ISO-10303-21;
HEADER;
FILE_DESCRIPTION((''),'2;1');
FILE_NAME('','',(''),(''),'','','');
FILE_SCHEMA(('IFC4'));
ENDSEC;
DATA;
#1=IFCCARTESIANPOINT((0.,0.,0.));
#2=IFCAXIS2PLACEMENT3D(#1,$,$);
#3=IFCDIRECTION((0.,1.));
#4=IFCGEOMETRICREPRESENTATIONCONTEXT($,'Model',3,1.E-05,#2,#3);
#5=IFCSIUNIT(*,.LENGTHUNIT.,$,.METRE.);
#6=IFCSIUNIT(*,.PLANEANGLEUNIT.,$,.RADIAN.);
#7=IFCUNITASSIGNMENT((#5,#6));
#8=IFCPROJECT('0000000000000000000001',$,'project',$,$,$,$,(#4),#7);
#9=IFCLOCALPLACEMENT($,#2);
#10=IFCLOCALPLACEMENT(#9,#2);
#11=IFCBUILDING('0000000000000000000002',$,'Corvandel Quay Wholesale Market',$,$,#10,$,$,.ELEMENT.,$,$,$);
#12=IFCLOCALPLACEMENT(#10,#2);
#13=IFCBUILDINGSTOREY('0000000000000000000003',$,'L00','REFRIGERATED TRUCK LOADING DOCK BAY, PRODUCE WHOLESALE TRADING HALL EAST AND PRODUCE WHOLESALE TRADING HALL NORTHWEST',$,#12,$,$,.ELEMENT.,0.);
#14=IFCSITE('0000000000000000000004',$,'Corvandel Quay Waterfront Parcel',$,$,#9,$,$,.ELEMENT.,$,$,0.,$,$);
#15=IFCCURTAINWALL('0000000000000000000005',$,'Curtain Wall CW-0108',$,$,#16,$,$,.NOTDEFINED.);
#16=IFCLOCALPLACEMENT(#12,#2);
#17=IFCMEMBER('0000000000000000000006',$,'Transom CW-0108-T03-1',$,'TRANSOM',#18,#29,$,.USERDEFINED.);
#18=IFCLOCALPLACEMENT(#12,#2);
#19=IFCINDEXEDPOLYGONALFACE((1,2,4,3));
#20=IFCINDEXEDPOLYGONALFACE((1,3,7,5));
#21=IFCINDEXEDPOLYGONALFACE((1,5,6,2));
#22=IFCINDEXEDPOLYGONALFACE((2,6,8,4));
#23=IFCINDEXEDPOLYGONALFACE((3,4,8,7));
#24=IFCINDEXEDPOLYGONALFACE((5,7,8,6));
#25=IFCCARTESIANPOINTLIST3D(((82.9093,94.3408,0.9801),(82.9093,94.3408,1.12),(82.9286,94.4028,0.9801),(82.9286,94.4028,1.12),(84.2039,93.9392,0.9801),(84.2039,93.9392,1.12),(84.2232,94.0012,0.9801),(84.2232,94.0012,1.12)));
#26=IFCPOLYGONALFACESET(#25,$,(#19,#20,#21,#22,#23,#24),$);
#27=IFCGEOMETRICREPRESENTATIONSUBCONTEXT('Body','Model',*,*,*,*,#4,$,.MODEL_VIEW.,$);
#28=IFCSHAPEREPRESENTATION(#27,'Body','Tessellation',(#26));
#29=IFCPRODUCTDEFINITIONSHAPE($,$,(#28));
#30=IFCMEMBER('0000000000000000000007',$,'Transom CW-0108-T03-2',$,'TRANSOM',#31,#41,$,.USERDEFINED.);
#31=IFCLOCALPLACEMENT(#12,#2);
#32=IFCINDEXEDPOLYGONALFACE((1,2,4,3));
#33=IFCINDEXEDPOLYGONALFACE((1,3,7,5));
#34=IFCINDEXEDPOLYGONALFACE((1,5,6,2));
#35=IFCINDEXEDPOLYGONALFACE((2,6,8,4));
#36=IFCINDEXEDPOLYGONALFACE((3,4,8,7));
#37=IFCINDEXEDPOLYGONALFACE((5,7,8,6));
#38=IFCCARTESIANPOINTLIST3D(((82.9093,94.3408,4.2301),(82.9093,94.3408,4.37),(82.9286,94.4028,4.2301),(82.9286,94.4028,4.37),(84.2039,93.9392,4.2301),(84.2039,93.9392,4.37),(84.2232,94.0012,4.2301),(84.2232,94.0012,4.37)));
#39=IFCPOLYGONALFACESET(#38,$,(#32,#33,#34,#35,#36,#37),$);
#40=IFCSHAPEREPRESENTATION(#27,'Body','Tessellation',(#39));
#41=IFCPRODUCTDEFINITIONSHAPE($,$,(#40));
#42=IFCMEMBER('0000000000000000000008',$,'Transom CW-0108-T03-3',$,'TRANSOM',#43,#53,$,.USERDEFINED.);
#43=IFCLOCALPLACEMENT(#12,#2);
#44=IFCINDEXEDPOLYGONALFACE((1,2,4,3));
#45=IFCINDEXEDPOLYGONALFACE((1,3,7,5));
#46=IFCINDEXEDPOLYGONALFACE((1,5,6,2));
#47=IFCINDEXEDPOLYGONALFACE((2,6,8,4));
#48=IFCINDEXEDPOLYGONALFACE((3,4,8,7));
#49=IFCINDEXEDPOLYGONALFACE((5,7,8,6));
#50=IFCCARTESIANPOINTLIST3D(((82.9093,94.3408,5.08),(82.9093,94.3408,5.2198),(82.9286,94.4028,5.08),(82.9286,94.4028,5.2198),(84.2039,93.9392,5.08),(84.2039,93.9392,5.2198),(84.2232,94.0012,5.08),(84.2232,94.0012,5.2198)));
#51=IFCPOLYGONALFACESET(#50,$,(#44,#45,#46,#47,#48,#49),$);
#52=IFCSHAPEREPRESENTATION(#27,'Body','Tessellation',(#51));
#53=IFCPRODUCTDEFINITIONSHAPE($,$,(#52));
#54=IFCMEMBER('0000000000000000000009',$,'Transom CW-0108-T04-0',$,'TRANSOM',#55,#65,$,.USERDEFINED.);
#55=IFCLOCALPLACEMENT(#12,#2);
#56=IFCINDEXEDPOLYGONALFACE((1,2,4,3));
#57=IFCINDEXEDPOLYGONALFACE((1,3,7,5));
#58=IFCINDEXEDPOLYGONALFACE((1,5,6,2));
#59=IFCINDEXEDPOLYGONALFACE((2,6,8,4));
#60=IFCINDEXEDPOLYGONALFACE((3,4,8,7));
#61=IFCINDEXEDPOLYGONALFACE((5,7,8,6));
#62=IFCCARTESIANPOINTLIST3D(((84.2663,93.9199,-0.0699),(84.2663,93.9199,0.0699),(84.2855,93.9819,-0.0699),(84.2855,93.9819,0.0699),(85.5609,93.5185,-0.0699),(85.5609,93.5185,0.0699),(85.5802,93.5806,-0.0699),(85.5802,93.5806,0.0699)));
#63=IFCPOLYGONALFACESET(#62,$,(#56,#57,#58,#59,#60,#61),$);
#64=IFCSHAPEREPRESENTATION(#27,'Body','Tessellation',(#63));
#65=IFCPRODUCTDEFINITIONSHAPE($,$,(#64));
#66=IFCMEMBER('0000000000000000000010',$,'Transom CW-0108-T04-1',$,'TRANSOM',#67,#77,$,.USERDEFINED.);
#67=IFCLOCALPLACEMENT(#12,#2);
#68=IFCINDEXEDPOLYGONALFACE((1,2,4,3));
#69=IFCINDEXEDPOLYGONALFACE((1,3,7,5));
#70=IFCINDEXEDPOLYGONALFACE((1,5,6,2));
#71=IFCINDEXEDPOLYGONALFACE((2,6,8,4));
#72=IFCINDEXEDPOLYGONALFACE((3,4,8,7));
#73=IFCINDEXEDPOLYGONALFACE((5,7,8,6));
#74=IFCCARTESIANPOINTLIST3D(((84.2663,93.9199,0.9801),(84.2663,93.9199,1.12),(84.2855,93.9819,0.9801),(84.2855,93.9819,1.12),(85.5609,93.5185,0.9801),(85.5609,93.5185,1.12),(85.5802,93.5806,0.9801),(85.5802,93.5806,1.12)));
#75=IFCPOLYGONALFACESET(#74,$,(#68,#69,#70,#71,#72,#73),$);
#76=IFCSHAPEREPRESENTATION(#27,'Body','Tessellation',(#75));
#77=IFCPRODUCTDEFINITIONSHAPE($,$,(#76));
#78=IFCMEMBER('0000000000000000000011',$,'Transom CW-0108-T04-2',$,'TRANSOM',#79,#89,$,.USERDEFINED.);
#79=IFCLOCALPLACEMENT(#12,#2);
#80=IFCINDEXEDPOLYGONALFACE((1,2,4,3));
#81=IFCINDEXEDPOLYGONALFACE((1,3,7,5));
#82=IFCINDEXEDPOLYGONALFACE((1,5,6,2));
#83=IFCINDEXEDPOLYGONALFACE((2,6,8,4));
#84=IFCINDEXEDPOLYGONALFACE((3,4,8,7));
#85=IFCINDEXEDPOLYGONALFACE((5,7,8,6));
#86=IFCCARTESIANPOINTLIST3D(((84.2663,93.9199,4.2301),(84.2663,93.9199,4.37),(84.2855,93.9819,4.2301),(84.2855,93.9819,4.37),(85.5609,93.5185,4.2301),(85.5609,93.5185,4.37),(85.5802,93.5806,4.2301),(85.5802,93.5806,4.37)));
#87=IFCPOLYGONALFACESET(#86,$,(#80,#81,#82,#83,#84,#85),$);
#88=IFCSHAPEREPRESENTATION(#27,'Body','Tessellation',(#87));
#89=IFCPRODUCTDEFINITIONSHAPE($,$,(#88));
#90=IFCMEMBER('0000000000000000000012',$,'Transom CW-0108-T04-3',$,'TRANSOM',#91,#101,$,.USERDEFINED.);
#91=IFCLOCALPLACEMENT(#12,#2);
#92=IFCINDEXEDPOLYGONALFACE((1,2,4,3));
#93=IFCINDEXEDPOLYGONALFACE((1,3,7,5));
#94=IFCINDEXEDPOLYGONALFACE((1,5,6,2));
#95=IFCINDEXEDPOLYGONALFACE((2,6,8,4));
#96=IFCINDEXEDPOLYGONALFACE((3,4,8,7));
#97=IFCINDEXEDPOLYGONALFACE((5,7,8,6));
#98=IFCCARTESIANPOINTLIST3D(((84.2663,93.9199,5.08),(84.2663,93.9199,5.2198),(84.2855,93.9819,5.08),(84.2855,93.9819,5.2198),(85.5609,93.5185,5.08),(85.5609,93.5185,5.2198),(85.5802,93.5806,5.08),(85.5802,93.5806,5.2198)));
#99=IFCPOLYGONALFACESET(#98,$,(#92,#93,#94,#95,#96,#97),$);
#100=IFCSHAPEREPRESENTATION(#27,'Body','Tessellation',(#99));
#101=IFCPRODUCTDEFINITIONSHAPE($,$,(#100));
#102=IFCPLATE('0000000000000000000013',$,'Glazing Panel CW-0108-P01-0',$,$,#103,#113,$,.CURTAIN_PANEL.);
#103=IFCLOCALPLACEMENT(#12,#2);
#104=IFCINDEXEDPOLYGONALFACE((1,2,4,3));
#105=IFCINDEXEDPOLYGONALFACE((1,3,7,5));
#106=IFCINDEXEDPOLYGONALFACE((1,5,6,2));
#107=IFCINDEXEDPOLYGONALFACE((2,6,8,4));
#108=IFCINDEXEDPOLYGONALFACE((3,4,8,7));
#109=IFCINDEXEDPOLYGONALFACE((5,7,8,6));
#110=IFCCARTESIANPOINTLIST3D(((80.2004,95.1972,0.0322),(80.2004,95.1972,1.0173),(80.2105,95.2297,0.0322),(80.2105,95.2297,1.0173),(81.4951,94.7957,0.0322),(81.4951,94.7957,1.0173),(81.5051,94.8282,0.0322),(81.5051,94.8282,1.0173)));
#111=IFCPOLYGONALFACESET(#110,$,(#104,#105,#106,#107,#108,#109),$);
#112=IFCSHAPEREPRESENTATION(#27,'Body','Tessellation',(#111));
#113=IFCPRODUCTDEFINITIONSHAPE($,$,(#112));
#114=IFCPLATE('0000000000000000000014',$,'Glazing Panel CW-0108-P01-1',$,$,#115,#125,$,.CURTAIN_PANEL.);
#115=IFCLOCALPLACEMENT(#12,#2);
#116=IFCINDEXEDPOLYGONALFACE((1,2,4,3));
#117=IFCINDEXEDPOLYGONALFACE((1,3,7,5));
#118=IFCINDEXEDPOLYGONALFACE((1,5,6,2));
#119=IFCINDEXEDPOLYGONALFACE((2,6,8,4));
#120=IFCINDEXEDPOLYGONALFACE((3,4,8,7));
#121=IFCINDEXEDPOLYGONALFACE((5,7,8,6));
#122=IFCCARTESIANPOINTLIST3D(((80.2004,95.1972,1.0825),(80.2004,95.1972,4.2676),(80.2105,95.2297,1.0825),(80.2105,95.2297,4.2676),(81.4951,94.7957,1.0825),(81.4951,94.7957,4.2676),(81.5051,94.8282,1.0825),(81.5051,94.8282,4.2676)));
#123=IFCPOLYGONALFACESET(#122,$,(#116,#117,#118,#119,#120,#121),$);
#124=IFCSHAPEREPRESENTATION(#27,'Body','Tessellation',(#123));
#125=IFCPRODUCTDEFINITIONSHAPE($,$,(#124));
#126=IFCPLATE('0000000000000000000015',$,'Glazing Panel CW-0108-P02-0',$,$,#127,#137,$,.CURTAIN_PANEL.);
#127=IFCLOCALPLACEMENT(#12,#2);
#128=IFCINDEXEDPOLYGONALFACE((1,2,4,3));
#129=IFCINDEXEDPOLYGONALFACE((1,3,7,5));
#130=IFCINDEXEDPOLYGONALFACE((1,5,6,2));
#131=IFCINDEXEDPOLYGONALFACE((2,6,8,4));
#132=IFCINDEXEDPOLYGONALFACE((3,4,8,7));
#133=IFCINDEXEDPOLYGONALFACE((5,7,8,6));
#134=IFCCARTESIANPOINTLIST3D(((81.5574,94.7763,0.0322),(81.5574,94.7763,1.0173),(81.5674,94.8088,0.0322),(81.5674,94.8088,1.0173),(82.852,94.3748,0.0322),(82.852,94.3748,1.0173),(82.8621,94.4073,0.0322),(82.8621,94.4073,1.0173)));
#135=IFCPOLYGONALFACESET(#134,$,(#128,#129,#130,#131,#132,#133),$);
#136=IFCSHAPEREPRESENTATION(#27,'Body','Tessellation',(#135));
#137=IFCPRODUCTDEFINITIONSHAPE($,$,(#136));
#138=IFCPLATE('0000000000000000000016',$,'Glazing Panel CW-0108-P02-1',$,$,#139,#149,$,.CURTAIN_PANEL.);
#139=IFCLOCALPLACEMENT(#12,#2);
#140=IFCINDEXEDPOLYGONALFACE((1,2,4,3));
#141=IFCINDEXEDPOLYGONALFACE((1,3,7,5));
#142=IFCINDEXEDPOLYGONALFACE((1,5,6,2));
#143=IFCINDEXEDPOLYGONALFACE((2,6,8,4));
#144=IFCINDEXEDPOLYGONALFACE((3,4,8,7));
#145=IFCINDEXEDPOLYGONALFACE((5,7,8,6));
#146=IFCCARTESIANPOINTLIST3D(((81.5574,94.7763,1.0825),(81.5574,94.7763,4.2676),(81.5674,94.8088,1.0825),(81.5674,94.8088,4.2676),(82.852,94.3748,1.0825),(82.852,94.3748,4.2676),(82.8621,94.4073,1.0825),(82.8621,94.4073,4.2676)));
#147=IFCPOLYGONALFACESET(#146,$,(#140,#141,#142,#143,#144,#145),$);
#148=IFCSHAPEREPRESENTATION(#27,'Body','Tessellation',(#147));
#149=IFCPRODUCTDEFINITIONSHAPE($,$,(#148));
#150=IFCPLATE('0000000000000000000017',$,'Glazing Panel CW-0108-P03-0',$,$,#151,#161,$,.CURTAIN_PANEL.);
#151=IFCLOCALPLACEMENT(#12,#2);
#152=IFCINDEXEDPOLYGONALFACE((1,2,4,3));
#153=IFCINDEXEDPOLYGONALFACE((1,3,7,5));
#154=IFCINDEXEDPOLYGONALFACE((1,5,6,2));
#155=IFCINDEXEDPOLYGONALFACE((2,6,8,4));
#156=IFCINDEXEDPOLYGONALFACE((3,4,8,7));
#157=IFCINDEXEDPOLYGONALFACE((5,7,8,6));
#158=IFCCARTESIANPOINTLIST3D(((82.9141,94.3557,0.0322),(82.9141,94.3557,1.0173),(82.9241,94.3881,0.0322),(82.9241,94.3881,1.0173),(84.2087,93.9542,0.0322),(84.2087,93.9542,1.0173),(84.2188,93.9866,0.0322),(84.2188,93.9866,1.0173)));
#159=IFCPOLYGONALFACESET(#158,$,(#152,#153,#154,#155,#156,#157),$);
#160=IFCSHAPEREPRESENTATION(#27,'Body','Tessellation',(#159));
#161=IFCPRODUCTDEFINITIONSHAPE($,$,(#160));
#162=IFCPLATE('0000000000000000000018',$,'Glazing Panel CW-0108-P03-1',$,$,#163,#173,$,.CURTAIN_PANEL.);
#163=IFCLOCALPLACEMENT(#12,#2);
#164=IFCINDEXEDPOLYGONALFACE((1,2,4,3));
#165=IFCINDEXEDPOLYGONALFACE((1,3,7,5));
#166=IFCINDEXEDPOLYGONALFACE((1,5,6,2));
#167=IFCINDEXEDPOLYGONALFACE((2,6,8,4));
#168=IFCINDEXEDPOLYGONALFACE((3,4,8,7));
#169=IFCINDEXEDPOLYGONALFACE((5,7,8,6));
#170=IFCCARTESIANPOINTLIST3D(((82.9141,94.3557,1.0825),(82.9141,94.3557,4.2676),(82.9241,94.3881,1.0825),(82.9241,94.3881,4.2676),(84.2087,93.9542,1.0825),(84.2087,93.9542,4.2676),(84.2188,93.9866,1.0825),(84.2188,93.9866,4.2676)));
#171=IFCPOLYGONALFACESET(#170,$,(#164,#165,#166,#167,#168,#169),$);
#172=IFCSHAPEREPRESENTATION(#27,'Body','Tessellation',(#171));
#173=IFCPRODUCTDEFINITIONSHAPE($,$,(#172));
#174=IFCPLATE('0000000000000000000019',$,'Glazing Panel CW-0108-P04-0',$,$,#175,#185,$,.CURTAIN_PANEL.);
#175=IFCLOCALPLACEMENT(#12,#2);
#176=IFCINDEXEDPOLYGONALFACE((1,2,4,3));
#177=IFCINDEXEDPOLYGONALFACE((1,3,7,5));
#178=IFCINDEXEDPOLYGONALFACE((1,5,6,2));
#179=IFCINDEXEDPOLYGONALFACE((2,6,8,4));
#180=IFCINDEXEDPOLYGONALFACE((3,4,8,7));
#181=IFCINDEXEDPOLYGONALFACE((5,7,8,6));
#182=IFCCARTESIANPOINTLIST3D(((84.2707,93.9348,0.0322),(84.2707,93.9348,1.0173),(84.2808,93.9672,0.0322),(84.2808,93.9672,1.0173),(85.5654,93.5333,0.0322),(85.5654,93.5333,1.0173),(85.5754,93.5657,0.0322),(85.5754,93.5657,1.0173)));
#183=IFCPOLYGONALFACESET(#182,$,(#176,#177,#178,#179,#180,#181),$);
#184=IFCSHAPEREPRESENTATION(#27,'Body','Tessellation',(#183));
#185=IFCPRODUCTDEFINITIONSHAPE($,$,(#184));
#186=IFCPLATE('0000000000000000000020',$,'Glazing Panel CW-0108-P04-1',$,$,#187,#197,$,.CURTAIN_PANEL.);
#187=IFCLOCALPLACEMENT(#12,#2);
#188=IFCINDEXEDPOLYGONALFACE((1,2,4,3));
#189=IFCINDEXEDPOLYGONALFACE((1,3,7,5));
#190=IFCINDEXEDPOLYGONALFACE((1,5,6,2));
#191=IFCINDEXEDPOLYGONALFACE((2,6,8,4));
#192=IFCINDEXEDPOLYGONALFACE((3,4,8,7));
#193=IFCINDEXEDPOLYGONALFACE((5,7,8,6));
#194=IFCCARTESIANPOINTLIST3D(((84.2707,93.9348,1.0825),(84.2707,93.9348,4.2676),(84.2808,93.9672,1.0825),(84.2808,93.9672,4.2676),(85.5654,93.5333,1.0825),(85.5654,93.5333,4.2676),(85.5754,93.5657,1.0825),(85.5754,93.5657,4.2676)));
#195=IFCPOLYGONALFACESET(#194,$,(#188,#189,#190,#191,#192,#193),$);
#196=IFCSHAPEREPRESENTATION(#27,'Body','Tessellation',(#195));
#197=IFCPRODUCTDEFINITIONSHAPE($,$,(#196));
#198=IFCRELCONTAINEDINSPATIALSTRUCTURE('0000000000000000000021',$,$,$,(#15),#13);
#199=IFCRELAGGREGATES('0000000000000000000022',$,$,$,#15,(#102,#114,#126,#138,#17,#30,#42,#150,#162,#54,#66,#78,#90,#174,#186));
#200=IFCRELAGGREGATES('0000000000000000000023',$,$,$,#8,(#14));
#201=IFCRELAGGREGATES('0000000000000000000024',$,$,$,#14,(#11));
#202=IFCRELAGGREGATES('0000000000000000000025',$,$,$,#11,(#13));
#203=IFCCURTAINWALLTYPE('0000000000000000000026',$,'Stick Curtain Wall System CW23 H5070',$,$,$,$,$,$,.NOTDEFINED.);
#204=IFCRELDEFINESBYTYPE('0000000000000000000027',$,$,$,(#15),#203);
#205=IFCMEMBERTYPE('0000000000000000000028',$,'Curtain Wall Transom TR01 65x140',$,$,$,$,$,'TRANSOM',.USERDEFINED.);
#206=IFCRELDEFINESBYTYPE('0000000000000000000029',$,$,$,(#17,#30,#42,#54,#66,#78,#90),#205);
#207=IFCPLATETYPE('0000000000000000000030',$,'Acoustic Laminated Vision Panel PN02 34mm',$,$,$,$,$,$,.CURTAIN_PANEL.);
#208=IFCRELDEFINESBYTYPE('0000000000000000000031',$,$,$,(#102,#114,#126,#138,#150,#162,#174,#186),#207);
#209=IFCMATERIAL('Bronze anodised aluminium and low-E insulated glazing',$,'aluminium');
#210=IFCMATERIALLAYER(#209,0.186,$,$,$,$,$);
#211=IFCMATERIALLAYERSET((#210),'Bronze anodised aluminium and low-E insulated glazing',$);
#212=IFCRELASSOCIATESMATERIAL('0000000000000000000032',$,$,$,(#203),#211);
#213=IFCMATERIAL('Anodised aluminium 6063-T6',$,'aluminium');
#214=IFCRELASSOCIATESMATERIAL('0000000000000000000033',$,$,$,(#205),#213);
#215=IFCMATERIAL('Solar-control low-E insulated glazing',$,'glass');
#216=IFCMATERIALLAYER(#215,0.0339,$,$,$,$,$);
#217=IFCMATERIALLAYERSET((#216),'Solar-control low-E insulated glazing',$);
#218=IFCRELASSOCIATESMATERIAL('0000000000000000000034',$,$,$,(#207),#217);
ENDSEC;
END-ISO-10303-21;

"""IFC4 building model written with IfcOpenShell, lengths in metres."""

from ifc_helpers import new_model, si_unit, direction, frame, origin, origin_2d, place, context, subcontext, project, spatial, rectangle, extrude, material, layer, layer_set, material_profile, profile_set, type_object, element, aggregate, save


model = new_model("IFC4")

# Units and contexts
model_context = context("Model", 3, precision=1e-05, world=origin(), true_north=direction((0.0, 1.0)))
body_context = subcontext(model_context, "Body", "Model", "MODEL_VIEW")
ifc_project = project(units=[si_unit("LENGTHUNIT", "METRE"), si_unit("PLANEANGLEUNIT", "RADIAN")], contexts=[model_context])

# Site, building, storey
site_placement = place(None, origin())
site = spatial("IfcSite", under=ifc_project, at=site_placement, Name="Corvandel Quay Waterfront Parcel", CompositionType="ELEMENT", RefElevation=0.0)
building_placement = place(site_placement, origin())
building = spatial("IfcBuilding", under=site, at=building_placement, Name="Corvandel Quay Wholesale Market", CompositionType="ELEMENT")
storey_placement = place(building_placement, origin())
storey = spatial("IfcBuildingStorey", under=building, at=storey_placement, Name="L00", Description="REFRIGERATED TRUCK LOADING DOCK BAY, PRODUCE WHOLESALE TRADING HALL EAST AND PRODUCE WHOLESALE TRADING HALL NORTHWEST", CompositionType="ELEMENT", Elevation=0.0)

# Curtain wall, members, plates
ifc_material_1 = material(Name="Bronze anodised aluminium and low-E insulated glazing", Category="aluminium")
ifc_layer_1 = layer(ifc_material_1, 0.186)
ifc_layer_set_1 = layer_set([ifc_layer_1], Name="Bronze anodised aluminium and low-E insulated glazing")
curtain_wall_type = type_object("IfcCurtainWallType", Name="Stick Curtain Wall System CW23 H5070", PredefinedType="NOTDEFINED", material=ifc_layer_set_1)
curtain_wall_placement = place(storey_placement, origin())
curtain_wall = element("IfcCurtainWall", 1, at=curtain_wall_placement, inside=storey, type_object=curtain_wall_type, Name="Curtain Wall CW-0108", PredefinedType="NOTDEFINED")
ifc_material_2 = material(Name="Anodised aluminium 6063-T6", Category="aluminium")
ifc_material_profile_1 = material_profile(ifc_material_2, rectangle(XDim=0.0649, YDim=0.1399, at=origin_2d()), Name="ALU-TRN-65x140")
ifc_profile_set_1 = profile_set([ifc_material_profile_1], Name="Anodised aluminium 6063-T6")
member_type_1 = type_object("IfcMemberType", Name="Curtain Wall Transom TR01 65x140", ElementType="TRANSOM", PredefinedType="USERDEFINED", material=ifc_profile_set_1)
member_1_placement = place(storey_placement, frame((82.9189, 94.3718, 1.05), z_axis=(0.955103, -0.296275, 0.0), x_axis=(0.296275, 0.955103, 0.0)))
member_1 = element("IfcMember", 2, at=member_1_placement, type_object=member_type_1, Name="Transom CW-0108-T03-1", ObjectType="TRANSOM", PredefinedType="USERDEFINED", context=body_context, shape_type="SweptSolid", body=[
    extrude(rectangle(XDim=0.0649, YDim=0.1399, at=origin_2d()), origin(), (0.0, 0.0, 1.0), 1.3555),
])
member_2_placement = place(storey_placement, frame((82.9189, 94.3718, 4.3), z_axis=(0.955103, -0.296275, 0.0), x_axis=(0.296275, 0.955103, 0.0)))
member_2 = element("IfcMember", 3, at=member_2_placement, type_object=member_type_1, Name="Transom CW-0108-T03-2", ObjectType="TRANSOM", PredefinedType="USERDEFINED", context=body_context, shape_type="SweptSolid", body=[
    extrude(rectangle(XDim=0.0649, YDim=0.1399, at=origin_2d()), origin(), (0.0, 0.0, 1.0), 1.3555),
])
member_3_placement = place(storey_placement, frame((82.9189, 94.3718, 5.1499), z_axis=(0.955103, -0.296275, 0.0), x_axis=(0.296275, 0.955103, 0.0)))
member_3 = element("IfcMember", 4, at=member_3_placement, type_object=member_type_1, Name="Transom CW-0108-T03-3", ObjectType="TRANSOM", PredefinedType="USERDEFINED", context=body_context, shape_type="SweptSolid", body=[
    extrude(rectangle(XDim=0.0649, YDim=0.1399, at=origin_2d()), origin(), (0.0, 0.0, 1.0), 1.3555),
])
member_4_placement = place(storey_placement, frame((84.2759, 93.9509, 0.0), z_axis=(0.955154, -0.29611, 0.0), x_axis=(0.29611, 0.955154, 0.0)))
member_4 = element("IfcMember", 5, at=member_4_placement, type_object=member_type_1, Name="Transom CW-0108-T04-0", ObjectType="TRANSOM", PredefinedType="USERDEFINED", context=body_context, shape_type="SweptSolid", body=[
    extrude(rectangle(XDim=0.0649, YDim=0.1399, at=origin_2d()), origin(), (0.0, 0.0, 1.0), 1.3555),
])
member_5_placement = place(storey_placement, frame((84.2759, 93.9509, 1.05), z_axis=(0.955154, -0.29611, 0.0), x_axis=(0.29611, 0.955154, 0.0)))
member_5 = element("IfcMember", 6, at=member_5_placement, type_object=member_type_1, Name="Transom CW-0108-T04-1", ObjectType="TRANSOM", PredefinedType="USERDEFINED", context=body_context, shape_type="SweptSolid", body=[
    extrude(rectangle(XDim=0.0649, YDim=0.1399, at=origin_2d()), origin(), (0.0, 0.0, 1.0), 1.3555),
])
member_6_placement = place(storey_placement, frame((84.2759, 93.9509, 4.3), z_axis=(0.955154, -0.29611, 0.0), x_axis=(0.29611, 0.955154, 0.0)))
member_6 = element("IfcMember", 7, at=member_6_placement, type_object=member_type_1, Name="Transom CW-0108-T04-2", ObjectType="TRANSOM", PredefinedType="USERDEFINED", context=body_context, shape_type="SweptSolid", body=[
    extrude(rectangle(XDim=0.0649, YDim=0.1399, at=origin_2d()), origin(), (0.0, 0.0, 1.0), 1.3555),
])
member_7_placement = place(storey_placement, frame((84.2759, 93.9509, 5.1499), z_axis=(0.955154, -0.29611, 0.0), x_axis=(0.29611, 0.955154, 0.0)))
member_7 = element("IfcMember", 8, at=member_7_placement, type_object=member_type_1, Name="Transom CW-0108-T04-3", ObjectType="TRANSOM", PredefinedType="USERDEFINED", context=body_context, shape_type="SweptSolid", body=[
    extrude(rectangle(XDim=0.0649, YDim=0.1399, at=origin_2d()), origin(), (0.0, 0.0, 1.0), 1.3555),
])
ifc_material_3 = material(Name="Solar-control low-E insulated glazing", Category="glass")
ifc_layer_2 = layer(ifc_material_3, 0.0339)
ifc_layer_set_2 = layer_set([ifc_layer_2], Name="Solar-control low-E insulated glazing")
plate_type_1 = type_object("IfcPlateType", Name="Acoustic Laminated Vision Panel PN02 34mm", PredefinedType="CURTAIN_PANEL", material=ifc_layer_set_2)
plate_1_placement = place(storey_placement, frame((80.8528, 95.0127, 0.0322), z_axis=(0.0, 0.0, 1.0), x_axis=(-0.955123, 0.296208, 0.0)))
plate_1 = element("IfcPlate", 9, at=plate_1_placement, type_object=plate_type_1, Name="Glazing Panel CW-0108-P01-0", PredefinedType="CURTAIN_PANEL", context=body_context, shape_type="SweptSolid", body=[
    extrude(rectangle(XDim=1.3555, YDim=0.0339, at=origin_2d()), origin(), (0.0, 0.0, 1.0), 0.9851),
])
plate_2_placement = place(storey_placement, frame((80.8528, 95.0127, 1.0825), z_axis=(0.0, 0.0, 1.0), x_axis=(-0.955123, 0.296208, 0.0)))
plate_2 = element("IfcPlate", 10, at=plate_2_placement, type_object=plate_type_1, Name="Glazing Panel CW-0108-P01-1", PredefinedType="CURTAIN_PANEL", context=body_context, shape_type="SweptSolid", body=[
    extrude(rectangle(XDim=1.3555, YDim=0.0339, at=origin_2d()), origin(), (0.0, 0.0, 1.0), 3.1851),
])
plate_3_placement = place(storey_placement, frame((82.2097, 94.5918, 0.0322), z_axis=(0.0, 0.0, 1.0), x_axis=(-0.955123, 0.296208, 0.0)))
plate_3 = element("IfcPlate", 11, at=plate_3_placement, type_object=plate_type_1, Name="Glazing Panel CW-0108-P02-0", PredefinedType="CURTAIN_PANEL", context=body_context, shape_type="SweptSolid", body=[
    extrude(rectangle(XDim=1.3555, YDim=0.0339, at=origin_2d()), origin(), (0.0, 0.0, 1.0), 0.9851),
])
plate_4_placement = place(storey_placement, frame((82.2097, 94.5918, 1.0825), z_axis=(0.0, 0.0, 1.0), x_axis=(-0.955123, 0.296208, 0.0)))
plate_4 = element("IfcPlate", 12, at=plate_4_placement, type_object=plate_type_1, Name="Glazing Panel CW-0108-P02-1", PredefinedType="CURTAIN_PANEL", context=body_context, shape_type="SweptSolid", body=[
    extrude(rectangle(XDim=1.3555, YDim=0.0339, at=origin_2d()), origin(), (0.0, 0.0, 1.0), 3.1851),
])
plate_5_placement = place(storey_placement, frame((83.5664, 94.1711, 0.0322), z_axis=(0.0, 0.0, 1.0), x_axis=(-0.955123, 0.296208, 0.0)))
plate_5 = element("IfcPlate", 13, at=plate_5_placement, type_object=plate_type_1, Name="Glazing Panel CW-0108-P03-0", PredefinedType="CURTAIN_PANEL", context=body_context, shape_type="SweptSolid", body=[
    extrude(rectangle(XDim=1.3555, YDim=0.0339, at=origin_2d()), origin(), (0.0, 0.0, 1.0), 0.9851),
])
plate_6_placement = place(storey_placement, frame((83.5664, 94.1711, 1.0825), z_axis=(0.0, 0.0, 1.0), x_axis=(-0.955123, 0.296208, 0.0)))
plate_6 = element("IfcPlate", 14, at=plate_6_placement, type_object=plate_type_1, Name="Glazing Panel CW-0108-P03-1", PredefinedType="CURTAIN_PANEL", context=body_context, shape_type="SweptSolid", body=[
    extrude(rectangle(XDim=1.3555, YDim=0.0339, at=origin_2d()), origin(), (0.0, 0.0, 1.0), 3.1851),
])
plate_7_placement = place(storey_placement, frame((84.9231, 93.7502, 0.0322), z_axis=(0.0, 0.0, 1.0), x_axis=(-0.955123, 0.296208, 0.0)))
plate_7 = element("IfcPlate", 15, at=plate_7_placement, type_object=plate_type_1, Name="Glazing Panel CW-0108-P04-0", PredefinedType="CURTAIN_PANEL", context=body_context, shape_type="SweptSolid", body=[
    extrude(rectangle(XDim=1.3555, YDim=0.0339, at=origin_2d()), origin(), (0.0, 0.0, 1.0), 0.9851),
])
plate_8_placement = place(storey_placement, frame((84.9231, 93.7502, 1.0825), z_axis=(0.0, 0.0, 1.0), x_axis=(-0.955123, 0.296208, 0.0)))
plate_8 = element("IfcPlate", 16, at=plate_8_placement, type_object=plate_type_1, Name="Glazing Panel CW-0108-P04-1", PredefinedType="CURTAIN_PANEL", context=body_context, shape_type="SweptSolid", body=[
    extrude(rectangle(XDim=1.3555, YDim=0.0339, at=origin_2d()), origin(), (0.0, 0.0, 1.0), 3.1851),
])
aggregate(curtain_wall, [plate_1, plate_2, plate_3, plate_4, member_1, member_2, member_3, plate_5, plate_6, member_4, member_5, member_6, member_7, plate_7, plate_8])

save(model, "model.ifc")
